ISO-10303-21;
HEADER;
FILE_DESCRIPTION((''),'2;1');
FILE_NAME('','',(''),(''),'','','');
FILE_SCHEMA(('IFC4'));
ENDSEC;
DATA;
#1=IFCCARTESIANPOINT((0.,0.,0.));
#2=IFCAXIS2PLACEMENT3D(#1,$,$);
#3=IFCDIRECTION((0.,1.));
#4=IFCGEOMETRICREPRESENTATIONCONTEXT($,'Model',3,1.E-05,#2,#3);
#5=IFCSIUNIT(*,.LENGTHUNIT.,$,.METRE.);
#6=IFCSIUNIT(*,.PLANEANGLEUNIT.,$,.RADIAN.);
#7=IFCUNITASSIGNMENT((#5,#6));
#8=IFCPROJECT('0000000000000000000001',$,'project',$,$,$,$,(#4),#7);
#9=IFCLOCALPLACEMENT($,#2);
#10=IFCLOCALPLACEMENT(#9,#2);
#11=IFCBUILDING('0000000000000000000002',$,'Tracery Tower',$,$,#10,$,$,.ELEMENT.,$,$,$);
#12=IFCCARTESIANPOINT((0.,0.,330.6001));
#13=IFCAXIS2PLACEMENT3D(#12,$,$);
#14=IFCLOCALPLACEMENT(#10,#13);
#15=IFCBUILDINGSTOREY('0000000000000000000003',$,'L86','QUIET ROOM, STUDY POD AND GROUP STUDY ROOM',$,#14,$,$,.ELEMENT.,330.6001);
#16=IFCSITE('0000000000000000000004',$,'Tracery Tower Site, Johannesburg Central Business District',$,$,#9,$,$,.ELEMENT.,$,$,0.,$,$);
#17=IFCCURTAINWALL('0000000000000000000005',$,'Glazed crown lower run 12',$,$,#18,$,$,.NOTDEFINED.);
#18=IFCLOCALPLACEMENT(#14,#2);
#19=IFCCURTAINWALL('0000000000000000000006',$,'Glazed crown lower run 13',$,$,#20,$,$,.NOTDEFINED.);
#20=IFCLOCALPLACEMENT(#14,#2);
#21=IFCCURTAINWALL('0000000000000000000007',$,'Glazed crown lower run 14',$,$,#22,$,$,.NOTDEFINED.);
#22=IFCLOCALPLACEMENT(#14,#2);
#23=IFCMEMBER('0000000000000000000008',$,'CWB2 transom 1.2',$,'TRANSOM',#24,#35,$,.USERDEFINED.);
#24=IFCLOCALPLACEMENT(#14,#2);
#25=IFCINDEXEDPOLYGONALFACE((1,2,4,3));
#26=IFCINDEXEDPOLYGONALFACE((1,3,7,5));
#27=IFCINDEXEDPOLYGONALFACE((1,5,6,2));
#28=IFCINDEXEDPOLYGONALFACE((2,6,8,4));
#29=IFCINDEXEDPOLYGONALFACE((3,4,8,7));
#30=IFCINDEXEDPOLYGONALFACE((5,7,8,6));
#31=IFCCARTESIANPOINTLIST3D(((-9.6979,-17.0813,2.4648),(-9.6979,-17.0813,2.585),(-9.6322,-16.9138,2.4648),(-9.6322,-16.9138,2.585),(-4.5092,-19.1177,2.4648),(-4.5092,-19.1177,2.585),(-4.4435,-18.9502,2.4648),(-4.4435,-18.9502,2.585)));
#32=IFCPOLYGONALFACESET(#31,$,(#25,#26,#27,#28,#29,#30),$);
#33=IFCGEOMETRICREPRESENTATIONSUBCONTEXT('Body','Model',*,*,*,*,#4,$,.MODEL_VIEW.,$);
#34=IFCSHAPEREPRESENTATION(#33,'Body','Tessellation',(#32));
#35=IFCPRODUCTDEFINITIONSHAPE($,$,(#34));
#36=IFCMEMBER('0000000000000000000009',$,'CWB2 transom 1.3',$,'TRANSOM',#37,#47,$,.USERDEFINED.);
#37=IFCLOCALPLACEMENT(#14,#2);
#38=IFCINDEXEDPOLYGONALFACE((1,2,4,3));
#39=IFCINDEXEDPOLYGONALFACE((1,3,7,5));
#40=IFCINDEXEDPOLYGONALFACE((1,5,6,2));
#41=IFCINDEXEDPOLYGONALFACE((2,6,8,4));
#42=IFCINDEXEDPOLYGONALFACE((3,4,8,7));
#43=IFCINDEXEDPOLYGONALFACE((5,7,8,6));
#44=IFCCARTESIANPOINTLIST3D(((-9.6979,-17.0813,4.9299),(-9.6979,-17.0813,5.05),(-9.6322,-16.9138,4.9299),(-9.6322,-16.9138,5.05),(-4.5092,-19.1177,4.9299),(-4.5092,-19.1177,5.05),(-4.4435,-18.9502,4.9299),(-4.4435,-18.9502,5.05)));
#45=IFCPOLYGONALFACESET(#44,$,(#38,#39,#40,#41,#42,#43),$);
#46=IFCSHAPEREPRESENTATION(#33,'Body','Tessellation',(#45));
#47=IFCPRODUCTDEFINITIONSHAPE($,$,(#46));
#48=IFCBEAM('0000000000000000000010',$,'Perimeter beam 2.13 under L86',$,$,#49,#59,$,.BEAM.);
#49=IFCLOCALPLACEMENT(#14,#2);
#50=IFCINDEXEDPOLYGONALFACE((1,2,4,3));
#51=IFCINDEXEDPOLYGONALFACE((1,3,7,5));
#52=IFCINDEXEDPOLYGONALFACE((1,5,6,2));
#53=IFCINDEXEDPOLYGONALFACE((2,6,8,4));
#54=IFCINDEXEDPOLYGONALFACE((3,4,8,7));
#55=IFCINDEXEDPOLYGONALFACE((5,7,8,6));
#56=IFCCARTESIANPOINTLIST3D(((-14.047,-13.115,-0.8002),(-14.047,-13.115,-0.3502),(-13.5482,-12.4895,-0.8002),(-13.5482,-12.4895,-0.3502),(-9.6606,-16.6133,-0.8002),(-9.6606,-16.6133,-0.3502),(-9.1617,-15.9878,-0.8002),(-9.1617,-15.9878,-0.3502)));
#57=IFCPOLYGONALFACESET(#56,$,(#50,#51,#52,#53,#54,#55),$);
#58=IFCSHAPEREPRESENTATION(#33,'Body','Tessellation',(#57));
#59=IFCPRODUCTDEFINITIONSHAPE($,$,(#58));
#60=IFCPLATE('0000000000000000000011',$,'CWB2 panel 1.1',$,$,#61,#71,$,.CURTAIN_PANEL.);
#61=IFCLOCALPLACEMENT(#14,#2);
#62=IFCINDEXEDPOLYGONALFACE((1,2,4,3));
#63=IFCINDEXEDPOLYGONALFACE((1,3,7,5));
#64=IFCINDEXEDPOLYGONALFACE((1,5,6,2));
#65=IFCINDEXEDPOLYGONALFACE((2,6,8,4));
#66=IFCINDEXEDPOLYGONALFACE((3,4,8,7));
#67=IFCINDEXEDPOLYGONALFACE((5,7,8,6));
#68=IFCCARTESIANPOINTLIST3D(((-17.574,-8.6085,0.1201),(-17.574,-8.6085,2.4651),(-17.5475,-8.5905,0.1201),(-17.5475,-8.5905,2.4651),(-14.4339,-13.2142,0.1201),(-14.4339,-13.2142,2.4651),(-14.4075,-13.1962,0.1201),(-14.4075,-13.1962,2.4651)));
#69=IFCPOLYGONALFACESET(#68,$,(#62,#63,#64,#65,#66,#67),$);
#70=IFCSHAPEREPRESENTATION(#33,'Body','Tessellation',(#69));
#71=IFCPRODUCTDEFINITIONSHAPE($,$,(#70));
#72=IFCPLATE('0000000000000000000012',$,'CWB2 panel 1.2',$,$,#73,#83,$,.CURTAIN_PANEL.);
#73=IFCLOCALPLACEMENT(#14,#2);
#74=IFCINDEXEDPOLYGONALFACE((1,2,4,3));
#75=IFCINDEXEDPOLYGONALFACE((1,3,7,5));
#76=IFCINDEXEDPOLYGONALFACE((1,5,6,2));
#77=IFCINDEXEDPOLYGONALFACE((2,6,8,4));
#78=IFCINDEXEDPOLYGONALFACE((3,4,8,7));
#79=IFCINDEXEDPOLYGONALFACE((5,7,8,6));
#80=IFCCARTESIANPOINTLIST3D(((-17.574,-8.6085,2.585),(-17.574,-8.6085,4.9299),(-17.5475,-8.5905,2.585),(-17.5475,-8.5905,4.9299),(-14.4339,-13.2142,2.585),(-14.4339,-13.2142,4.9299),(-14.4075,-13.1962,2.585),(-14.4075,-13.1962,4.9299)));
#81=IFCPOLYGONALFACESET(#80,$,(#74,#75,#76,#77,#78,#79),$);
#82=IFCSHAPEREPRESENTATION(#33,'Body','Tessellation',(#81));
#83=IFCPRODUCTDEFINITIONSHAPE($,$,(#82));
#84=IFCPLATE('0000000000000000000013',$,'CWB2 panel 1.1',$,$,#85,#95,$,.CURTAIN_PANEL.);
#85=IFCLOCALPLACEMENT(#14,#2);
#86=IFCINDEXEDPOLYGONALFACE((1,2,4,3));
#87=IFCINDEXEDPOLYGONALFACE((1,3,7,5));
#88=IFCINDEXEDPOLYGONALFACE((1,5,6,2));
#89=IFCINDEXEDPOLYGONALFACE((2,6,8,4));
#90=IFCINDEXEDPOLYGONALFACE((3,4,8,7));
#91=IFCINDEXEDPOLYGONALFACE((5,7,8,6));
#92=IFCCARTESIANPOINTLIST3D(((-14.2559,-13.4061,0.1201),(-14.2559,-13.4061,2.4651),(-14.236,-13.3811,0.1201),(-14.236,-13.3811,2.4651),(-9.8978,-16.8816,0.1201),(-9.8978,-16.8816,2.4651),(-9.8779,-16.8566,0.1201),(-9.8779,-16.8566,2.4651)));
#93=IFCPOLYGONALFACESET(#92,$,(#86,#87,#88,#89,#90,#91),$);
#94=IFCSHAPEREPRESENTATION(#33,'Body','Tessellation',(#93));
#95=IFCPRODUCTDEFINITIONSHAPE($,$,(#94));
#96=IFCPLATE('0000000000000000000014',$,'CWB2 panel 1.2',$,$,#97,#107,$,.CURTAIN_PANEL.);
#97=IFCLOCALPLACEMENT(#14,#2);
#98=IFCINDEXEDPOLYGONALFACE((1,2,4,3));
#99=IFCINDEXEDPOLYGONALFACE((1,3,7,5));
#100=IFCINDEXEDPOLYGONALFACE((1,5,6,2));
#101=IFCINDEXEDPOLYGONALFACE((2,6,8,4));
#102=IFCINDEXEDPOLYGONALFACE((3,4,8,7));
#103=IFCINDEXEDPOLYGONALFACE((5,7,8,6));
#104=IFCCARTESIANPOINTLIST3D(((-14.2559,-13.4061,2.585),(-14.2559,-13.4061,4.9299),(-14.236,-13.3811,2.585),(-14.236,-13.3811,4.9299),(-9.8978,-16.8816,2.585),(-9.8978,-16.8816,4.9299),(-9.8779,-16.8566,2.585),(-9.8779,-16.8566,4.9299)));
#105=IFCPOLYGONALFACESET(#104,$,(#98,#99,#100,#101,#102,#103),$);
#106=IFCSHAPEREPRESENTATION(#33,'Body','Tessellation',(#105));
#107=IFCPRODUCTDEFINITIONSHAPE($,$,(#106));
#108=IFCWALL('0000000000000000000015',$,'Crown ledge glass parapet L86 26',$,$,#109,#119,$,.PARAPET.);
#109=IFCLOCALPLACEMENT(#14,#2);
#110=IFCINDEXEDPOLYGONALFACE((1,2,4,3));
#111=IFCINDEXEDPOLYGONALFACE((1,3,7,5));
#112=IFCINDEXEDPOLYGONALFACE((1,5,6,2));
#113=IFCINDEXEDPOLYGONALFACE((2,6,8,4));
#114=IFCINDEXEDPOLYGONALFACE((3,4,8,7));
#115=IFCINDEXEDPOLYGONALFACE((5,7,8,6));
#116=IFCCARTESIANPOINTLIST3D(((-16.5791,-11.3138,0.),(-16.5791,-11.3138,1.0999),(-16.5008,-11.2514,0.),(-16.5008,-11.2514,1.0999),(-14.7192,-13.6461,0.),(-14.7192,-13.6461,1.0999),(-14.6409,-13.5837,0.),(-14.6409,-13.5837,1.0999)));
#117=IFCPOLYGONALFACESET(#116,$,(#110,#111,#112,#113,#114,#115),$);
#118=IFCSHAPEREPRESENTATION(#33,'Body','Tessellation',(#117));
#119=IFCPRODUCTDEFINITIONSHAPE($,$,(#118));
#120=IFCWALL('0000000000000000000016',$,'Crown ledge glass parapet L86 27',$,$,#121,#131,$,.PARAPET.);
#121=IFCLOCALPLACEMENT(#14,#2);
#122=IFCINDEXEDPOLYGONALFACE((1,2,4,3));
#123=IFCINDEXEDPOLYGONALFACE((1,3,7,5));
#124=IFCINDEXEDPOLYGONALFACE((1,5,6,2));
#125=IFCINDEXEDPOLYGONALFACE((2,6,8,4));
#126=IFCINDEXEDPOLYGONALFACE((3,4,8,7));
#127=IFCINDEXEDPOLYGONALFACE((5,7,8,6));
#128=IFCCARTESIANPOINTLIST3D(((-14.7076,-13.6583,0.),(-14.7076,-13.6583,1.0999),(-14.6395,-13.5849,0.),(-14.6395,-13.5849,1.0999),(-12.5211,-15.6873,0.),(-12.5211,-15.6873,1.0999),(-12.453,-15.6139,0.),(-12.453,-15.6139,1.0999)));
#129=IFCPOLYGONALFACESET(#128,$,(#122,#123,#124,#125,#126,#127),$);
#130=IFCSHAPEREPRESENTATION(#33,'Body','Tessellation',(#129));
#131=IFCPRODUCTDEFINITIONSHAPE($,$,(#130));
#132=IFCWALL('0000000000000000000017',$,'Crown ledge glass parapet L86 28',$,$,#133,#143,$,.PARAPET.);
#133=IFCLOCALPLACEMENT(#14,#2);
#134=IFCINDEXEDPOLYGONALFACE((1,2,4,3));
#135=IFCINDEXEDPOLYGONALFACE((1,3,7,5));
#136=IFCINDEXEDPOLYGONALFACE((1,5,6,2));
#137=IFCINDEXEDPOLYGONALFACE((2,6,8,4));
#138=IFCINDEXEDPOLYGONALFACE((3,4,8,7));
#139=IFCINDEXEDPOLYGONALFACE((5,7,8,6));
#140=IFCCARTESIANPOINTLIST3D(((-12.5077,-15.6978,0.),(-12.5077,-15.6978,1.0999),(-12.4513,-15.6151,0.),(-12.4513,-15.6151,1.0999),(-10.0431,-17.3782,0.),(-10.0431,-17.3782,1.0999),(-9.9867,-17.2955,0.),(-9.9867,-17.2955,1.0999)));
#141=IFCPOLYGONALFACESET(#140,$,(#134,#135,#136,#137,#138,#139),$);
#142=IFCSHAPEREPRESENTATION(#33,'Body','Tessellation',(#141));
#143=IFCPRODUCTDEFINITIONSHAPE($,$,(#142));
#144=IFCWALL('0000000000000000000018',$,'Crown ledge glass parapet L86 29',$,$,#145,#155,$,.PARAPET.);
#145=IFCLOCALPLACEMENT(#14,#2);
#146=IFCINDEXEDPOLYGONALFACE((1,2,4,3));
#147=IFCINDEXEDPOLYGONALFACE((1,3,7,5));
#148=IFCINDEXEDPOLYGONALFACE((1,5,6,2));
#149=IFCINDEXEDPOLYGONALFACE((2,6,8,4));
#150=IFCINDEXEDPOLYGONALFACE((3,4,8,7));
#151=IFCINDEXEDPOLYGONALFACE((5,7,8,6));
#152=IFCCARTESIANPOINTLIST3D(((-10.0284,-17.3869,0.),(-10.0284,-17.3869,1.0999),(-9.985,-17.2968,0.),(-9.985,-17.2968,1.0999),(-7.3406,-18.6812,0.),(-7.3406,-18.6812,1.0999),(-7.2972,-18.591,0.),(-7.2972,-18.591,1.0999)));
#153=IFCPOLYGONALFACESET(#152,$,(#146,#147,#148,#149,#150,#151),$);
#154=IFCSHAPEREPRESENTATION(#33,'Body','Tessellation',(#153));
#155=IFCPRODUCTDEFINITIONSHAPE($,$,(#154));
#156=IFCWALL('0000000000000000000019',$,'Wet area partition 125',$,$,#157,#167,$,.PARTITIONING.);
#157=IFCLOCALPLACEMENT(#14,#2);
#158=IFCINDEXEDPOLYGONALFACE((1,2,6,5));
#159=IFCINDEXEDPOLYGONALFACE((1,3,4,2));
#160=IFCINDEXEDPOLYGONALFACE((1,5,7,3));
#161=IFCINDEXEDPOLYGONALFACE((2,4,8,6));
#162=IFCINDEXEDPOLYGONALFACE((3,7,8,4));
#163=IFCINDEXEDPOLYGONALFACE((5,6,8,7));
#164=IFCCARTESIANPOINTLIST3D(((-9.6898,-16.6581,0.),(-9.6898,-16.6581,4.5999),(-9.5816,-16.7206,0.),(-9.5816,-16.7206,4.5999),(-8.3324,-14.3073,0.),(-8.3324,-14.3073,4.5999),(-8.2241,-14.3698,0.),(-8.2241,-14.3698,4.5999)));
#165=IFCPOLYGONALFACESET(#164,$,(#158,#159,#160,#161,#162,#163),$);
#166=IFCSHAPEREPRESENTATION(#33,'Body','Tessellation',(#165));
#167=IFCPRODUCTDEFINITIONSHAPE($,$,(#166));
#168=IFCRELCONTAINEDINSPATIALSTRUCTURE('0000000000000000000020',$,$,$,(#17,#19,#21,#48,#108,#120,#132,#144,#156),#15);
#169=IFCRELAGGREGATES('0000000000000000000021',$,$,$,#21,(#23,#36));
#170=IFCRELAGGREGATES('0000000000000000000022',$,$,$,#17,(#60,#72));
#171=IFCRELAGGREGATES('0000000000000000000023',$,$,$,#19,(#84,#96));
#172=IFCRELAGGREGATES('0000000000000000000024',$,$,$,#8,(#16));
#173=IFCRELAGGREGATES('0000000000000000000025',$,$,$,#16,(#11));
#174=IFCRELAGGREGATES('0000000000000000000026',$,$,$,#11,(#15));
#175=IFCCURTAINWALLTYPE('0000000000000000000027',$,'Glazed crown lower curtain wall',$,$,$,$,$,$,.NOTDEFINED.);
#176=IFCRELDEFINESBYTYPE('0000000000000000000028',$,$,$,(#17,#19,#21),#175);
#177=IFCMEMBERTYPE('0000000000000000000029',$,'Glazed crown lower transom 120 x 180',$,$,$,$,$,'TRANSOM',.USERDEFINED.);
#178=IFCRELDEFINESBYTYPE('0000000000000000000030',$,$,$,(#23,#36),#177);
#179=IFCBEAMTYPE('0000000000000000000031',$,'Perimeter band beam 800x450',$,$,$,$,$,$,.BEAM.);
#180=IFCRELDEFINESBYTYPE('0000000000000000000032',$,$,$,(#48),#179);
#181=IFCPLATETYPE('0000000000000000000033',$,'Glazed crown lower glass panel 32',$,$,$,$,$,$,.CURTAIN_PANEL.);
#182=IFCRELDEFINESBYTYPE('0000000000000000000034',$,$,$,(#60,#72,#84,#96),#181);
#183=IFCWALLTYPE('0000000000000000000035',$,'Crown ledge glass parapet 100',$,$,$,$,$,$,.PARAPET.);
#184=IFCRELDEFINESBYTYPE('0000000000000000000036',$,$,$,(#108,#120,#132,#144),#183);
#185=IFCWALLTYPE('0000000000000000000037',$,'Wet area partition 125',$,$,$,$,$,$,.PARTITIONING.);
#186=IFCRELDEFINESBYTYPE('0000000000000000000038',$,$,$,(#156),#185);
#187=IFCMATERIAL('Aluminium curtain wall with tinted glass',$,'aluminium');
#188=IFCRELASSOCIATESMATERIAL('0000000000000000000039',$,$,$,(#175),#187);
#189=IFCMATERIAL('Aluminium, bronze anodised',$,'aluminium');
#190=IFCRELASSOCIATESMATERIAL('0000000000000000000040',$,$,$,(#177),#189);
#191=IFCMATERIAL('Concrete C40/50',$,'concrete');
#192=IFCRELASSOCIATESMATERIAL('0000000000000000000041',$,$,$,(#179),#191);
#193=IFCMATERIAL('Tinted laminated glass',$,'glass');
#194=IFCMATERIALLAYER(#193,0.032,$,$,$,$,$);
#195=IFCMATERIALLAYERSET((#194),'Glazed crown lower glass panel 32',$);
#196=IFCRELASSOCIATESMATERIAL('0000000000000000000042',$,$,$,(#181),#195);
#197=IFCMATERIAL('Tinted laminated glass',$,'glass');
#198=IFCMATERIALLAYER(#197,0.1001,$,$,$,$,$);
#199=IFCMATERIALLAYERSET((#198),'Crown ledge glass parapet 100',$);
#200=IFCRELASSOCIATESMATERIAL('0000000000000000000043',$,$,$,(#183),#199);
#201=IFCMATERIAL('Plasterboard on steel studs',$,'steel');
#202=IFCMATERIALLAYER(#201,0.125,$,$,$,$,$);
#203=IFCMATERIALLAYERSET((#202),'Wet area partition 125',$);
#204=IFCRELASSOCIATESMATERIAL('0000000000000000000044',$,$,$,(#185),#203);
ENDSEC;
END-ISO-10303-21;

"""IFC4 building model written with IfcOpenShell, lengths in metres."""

from ifc_helpers import new_model, si_unit, direction, frame, frame_2d, origin, origin_2d, place, context, subcontext, project, spatial, rectangle, extrude, material, layer, layer_set, material_profile, profile_set, type_object, element, aggregate, save


model = new_model("IFC4")

# Units and contexts
model_context = context("Model", 3, precision=1e-05, world=origin(), true_north=direction((0.0, 1.0)))
body_context = subcontext(model_context, "Body", "Model", "MODEL_VIEW")
ifc_project = project(units=[si_unit("LENGTHUNIT", "METRE"), si_unit("PLANEANGLEUNIT", "RADIAN")], contexts=[model_context])

# Site, building, storey
site_placement = place(None, origin())
site = spatial("IfcSite", under=ifc_project, at=site_placement, Name="Tracery Tower Site, Johannesburg Central Business District", CompositionType="ELEMENT", RefElevation=0.0)
building_placement = place(site_placement, origin())
building = spatial("IfcBuilding", under=site, at=building_placement, Name="Tracery Tower", CompositionType="ELEMENT")
storey_placement = place(building_placement, frame((0.0, 0.0, 330.6001)))
storey = spatial("IfcBuildingStorey", under=building, at=storey_placement, Name="L86", Description="QUIET ROOM, STUDY POD AND GROUP STUDY ROOM", CompositionType="ELEMENT", Elevation=330.6001)

# Curtain wall
ifc_material_1 = material(Name="Aluminium curtain wall with tinted glass", Category="aluminium")
curtain_wall_type = type_object("IfcCurtainWallType", Name="Glazed crown lower curtain wall", PredefinedType="NOTDEFINED", material=ifc_material_1)
curtain_wall_1_placement = place(storey_placement, origin())
curtain_wall_1 = element("IfcCurtainWall", 1, at=curtain_wall_1_placement, inside=storey, type_object=curtain_wall_type, Name="Glazed crown lower run 12", PredefinedType="NOTDEFINED")

# Curtain wall
curtain_wall_2_placement = place(storey_placement, origin())
curtain_wall_2 = element("IfcCurtainWall", 2, at=curtain_wall_2_placement, inside=storey, type_object=curtain_wall_type, Name="Glazed crown lower run 13", PredefinedType="NOTDEFINED")

# Curtain wall
curtain_wall_3_placement = place(storey_placement, origin())
curtain_wall_3 = element("IfcCurtainWall", 3, at=curtain_wall_3_placement, inside=storey, type_object=curtain_wall_type, Name="Glazed crown lower run 14", PredefinedType="NOTDEFINED")

# Members
ifc_material_2 = material(Name="Aluminium, bronze anodised", Category="aluminium")
ifc_material_profile_1 = material_profile(ifc_material_2, rectangle(XDim=0.1799, YDim=0.1201, at=origin_2d()), Name="Glazed crown lower transom 120 x 180")
ifc_profile_set_1 = profile_set([ifc_material_profile_1], Name="Aluminium, bronze anodised")
member_type_1 = type_object("IfcMemberType", Name="Glazed crown lower transom 120 x 180", ElementType="TRANSOM", PredefinedType="USERDEFINED", material=ifc_profile_set_1)
member_1_placement = place(storey_placement, frame((-9.665, -16.9976, 2.5249), z_axis=(0.930877, -0.365334, 0.0), x_axis=(0.365334, 0.930877, 0.0)))
member_1 = element("IfcMember", 4, at=member_1_placement, type_object=member_type_1, Name="CWB2 transom 1.2", ObjectType="TRANSOM", PredefinedType="USERDEFINED", context=body_context, shape_type="SweptSolid", body=[
    extrude(rectangle(XDim=0.1799, YDim=0.1201, at=origin_2d()), origin(), (0.0, 0.0, 1.0), 5.574),
])
member_2_placement = place(storey_placement, frame((-9.665, -16.9976, 4.99), z_axis=(0.930877, -0.365334, 0.0), x_axis=(0.365334, 0.930877, 0.0)))
member_2 = element("IfcMember", 5, at=member_2_placement, type_object=member_type_1, Name="CWB2 transom 1.3", ObjectType="TRANSOM", PredefinedType="USERDEFINED", context=body_context, shape_type="SweptSolid", body=[
    extrude(rectangle(XDim=0.1799, YDim=0.1201, at=origin_2d()), origin(), (0.0, 0.0, 1.0), 5.574),
])
aggregate(curtain_wall_3, [member_1, member_2])

# Beam
ifc_material_3 = material(Name="Concrete C40/50", Category="concrete")
ifc_material_profile_2 = material_profile(ifc_material_3, rectangle(XDim=0.8, YDim=0.45, at=origin_2d()), Name="RC 800x450")
ifc_profile_set_2 = profile_set([ifc_material_profile_2], Name="Concrete C40/50")
beam_type = type_object("IfcBeamType", Name="Perimeter band beam 800x450", PredefinedType="BEAM", material=ifc_profile_set_2)
beam_placement = place(storey_placement, frame((-13.7976, -12.8022, -0.5752), z_axis=(0.781815, -0.623511, 0.0), x_axis=(0.623511, 0.781815, 0.0)))
element("IfcBeam", 6, at=beam_placement, inside=storey, type_object=beam_type, Name="Perimeter beam 2.13 under L86", PredefinedType="BEAM", context=body_context, shape_type="SweptSolid", body=[
    extrude(rectangle(XDim=0.8, YDim=0.45, at=origin_2d()), origin(), (0.0, 0.0, 1.0), 5.6106),
])

# Plates
ifc_material_4 = material(Name="Tinted laminated glass", Category="glass")
ifc_layer_1 = layer(ifc_material_4, 0.032)
ifc_layer_set_1 = layer_set([ifc_layer_1], Name="Glazed crown lower glass panel 32")
plate_type = type_object("IfcPlateType", Name="Glazed crown lower glass panel 32", PredefinedType="CURTAIN_PANEL", material=ifc_layer_set_1)
plate_1_placement = place(storey_placement, frame((-15.9907, -10.9023, 0.1201), z_axis=(0.0, 0.0, 1.0), x_axis=(0.563317, -0.826241, 0.0)))
plate_1 = element("IfcPlate", 7, at=plate_1_placement, type_object=plate_type, Name="CWB2 panel 1.1", PredefinedType="CURTAIN_PANEL", context=body_context, shape_type="SweptSolid", body=[
    extrude(rectangle(XDim=5.5742, YDim=0.032, at=origin_2d()), origin(), (0.0, 0.0, 1.0), 2.345),
])
plate_2_placement = place(storey_placement, frame((-15.9907, -10.9023, 2.585), z_axis=(0.0, 0.0, 1.0), x_axis=(0.563317, -0.826241, 0.0)))
plate_2 = element("IfcPlate", 8, at=plate_2_placement, type_object=plate_type, Name="CWB2 panel 1.2", PredefinedType="CURTAIN_PANEL", context=body_context, shape_type="SweptSolid", body=[
    extrude(rectangle(XDim=5.5742, YDim=0.032, at=origin_2d()), origin(), (0.0, 0.0, 1.0), 2.345),
])
aggregate(curtain_wall_1, [plate_1, plate_2])
plate_3_placement = place(storey_placement, frame((-12.0669, -15.1313, 0.1201), z_axis=(0.0, 0.0, 1.0), x_axis=(0.781829, -0.623493, 0.0)))
plate_3 = element("IfcPlate", 9, at=plate_3_placement, type_object=plate_type, Name="CWB2 panel 1.1", PredefinedType="CURTAIN_PANEL", context=body_context, shape_type="SweptSolid", body=[
    extrude(rectangle(XDim=5.5742, YDim=0.032, at=origin_2d()), origin(), (0.0, 0.0, 1.0), 2.345),
])
plate_4_placement = place(storey_placement, frame((-12.0669, -15.1313, 2.585), z_axis=(0.0, 0.0, 1.0), x_axis=(0.781829, -0.623493, 0.0)))
plate_4 = element("IfcPlate", 10, at=plate_4_placement, type_object=plate_type, Name="CWB2 panel 1.2", PredefinedType="CURTAIN_PANEL", context=body_context, shape_type="SweptSolid", body=[
    extrude(rectangle(XDim=5.5742, YDim=0.032, at=origin_2d()), origin(), (0.0, 0.0, 1.0), 2.345),
])
aggregate(curtain_wall_2, [plate_3, plate_4])

# Walls
ifc_material_5 = material(Name="Tinted laminated glass", Category="glass")
ifc_layer_2 = layer(ifc_material_5, 0.1001)
ifc_layer_set_2 = layer_set([ifc_layer_2], Name="Crown ledge glass parapet 100")
wall_type_1 = type_object("IfcWallType", Name="Crown ledge glass parapet 100", PredefinedType="PARAPET", material=ifc_layer_set_2)
wall_1_placement = place(storey_placement, frame((-16.54, -11.2825, 0.0), z_axis=(0.0, 0.0, 1.0), x_axis=(0.623477, -0.781842, 0.0)))
element("IfcWall", 11, at=wall_1_placement, inside=storey, type_object=wall_type_1, Name="Crown ledge glass parapet L86 26", PredefinedType="PARAPET", context=body_context, shape_type="SweptSolid", body=[
    extrude(rectangle(XDim=2.9832, YDim=0.1001, at=frame_2d((1.4917, 0.0))), origin(), (0.0, 0.0, 1.0), 1.0999),
])
for number, where, z_axis, x_axis, name in (
    (12, (-14.6736, -13.6216, 0.0), (0.0, 0.0, 1.0), (0.733009, -0.680219, 0.0), "Crown ledge glass parapet L86 27"),
    (13, (-12.4795, -15.6565, 0.0), (0.0, 0.0, 1.0), (0.826226, -0.563339, 0.0), "Crown ledge glass parapet L86 28"),
):
    element("IfcWall", number, at=place(storey_placement, frame(where, z_axis=z_axis, x_axis=x_axis)), inside=storey, type_object=wall_type_1, Name=name, PredefinedType="PARAPET", context=body_context, shape_type="SweptSolid", body=[
        extrude(rectangle(XDim=2.9829, YDim=0.1001, at=frame_2d((1.4915, 0.0))), origin(), (0.0, 0.0, 1.0), 1.0999),
    ])
wall_2_placement = place(storey_placement, frame((-10.0068, -17.3418, 0.0), z_axis=(0.0, 0.0, 1.0), x_axis=(0.90099, -0.43384, 0.0)))
element("IfcWall", 14, at=wall_2_placement, inside=storey, type_object=wall_type_1, Name="Crown ledge glass parapet L86 29", PredefinedType="PARAPET", context=body_context, shape_type="SweptSolid", body=[
    extrude(rectangle(XDim=2.9832, YDim=0.1001, at=frame_2d((1.4917, 0.0))), origin(), (0.0, 0.0, 1.0), 1.0999),
])
ifc_material_6 = material(Name="Plasterboard on steel studs", Category="steel")
ifc_layer_3 = layer(ifc_material_6, 0.125)
ifc_layer_set_3 = layer_set([ifc_layer_3], Name="Wet area partition 125")
wall_type_2 = type_object("IfcWallType", Name="Wet area partition 125", PredefinedType="PARTITIONING", material=ifc_layer_set_3)
wall_3_placement = place(storey_placement, frame((-9.6357, -16.6895, 0.0), z_axis=(0.0, 0.0, 1.0), x_axis=(0.500047, 0.865998, 0.0)))
element("IfcWall", 15, at=wall_3_placement, inside=storey, type_object=wall_type_2, Name="Wet area partition 125", PredefinedType="PARTITIONING", context=body_context, shape_type="SweptSolid", body=[
    extrude(rectangle(XDim=2.7146, YDim=0.125, at=frame_2d((1.3574, 0.0))), origin(), (0.0, 0.0, 1.0), 4.5999),
])

save(model, "model.ifc")
